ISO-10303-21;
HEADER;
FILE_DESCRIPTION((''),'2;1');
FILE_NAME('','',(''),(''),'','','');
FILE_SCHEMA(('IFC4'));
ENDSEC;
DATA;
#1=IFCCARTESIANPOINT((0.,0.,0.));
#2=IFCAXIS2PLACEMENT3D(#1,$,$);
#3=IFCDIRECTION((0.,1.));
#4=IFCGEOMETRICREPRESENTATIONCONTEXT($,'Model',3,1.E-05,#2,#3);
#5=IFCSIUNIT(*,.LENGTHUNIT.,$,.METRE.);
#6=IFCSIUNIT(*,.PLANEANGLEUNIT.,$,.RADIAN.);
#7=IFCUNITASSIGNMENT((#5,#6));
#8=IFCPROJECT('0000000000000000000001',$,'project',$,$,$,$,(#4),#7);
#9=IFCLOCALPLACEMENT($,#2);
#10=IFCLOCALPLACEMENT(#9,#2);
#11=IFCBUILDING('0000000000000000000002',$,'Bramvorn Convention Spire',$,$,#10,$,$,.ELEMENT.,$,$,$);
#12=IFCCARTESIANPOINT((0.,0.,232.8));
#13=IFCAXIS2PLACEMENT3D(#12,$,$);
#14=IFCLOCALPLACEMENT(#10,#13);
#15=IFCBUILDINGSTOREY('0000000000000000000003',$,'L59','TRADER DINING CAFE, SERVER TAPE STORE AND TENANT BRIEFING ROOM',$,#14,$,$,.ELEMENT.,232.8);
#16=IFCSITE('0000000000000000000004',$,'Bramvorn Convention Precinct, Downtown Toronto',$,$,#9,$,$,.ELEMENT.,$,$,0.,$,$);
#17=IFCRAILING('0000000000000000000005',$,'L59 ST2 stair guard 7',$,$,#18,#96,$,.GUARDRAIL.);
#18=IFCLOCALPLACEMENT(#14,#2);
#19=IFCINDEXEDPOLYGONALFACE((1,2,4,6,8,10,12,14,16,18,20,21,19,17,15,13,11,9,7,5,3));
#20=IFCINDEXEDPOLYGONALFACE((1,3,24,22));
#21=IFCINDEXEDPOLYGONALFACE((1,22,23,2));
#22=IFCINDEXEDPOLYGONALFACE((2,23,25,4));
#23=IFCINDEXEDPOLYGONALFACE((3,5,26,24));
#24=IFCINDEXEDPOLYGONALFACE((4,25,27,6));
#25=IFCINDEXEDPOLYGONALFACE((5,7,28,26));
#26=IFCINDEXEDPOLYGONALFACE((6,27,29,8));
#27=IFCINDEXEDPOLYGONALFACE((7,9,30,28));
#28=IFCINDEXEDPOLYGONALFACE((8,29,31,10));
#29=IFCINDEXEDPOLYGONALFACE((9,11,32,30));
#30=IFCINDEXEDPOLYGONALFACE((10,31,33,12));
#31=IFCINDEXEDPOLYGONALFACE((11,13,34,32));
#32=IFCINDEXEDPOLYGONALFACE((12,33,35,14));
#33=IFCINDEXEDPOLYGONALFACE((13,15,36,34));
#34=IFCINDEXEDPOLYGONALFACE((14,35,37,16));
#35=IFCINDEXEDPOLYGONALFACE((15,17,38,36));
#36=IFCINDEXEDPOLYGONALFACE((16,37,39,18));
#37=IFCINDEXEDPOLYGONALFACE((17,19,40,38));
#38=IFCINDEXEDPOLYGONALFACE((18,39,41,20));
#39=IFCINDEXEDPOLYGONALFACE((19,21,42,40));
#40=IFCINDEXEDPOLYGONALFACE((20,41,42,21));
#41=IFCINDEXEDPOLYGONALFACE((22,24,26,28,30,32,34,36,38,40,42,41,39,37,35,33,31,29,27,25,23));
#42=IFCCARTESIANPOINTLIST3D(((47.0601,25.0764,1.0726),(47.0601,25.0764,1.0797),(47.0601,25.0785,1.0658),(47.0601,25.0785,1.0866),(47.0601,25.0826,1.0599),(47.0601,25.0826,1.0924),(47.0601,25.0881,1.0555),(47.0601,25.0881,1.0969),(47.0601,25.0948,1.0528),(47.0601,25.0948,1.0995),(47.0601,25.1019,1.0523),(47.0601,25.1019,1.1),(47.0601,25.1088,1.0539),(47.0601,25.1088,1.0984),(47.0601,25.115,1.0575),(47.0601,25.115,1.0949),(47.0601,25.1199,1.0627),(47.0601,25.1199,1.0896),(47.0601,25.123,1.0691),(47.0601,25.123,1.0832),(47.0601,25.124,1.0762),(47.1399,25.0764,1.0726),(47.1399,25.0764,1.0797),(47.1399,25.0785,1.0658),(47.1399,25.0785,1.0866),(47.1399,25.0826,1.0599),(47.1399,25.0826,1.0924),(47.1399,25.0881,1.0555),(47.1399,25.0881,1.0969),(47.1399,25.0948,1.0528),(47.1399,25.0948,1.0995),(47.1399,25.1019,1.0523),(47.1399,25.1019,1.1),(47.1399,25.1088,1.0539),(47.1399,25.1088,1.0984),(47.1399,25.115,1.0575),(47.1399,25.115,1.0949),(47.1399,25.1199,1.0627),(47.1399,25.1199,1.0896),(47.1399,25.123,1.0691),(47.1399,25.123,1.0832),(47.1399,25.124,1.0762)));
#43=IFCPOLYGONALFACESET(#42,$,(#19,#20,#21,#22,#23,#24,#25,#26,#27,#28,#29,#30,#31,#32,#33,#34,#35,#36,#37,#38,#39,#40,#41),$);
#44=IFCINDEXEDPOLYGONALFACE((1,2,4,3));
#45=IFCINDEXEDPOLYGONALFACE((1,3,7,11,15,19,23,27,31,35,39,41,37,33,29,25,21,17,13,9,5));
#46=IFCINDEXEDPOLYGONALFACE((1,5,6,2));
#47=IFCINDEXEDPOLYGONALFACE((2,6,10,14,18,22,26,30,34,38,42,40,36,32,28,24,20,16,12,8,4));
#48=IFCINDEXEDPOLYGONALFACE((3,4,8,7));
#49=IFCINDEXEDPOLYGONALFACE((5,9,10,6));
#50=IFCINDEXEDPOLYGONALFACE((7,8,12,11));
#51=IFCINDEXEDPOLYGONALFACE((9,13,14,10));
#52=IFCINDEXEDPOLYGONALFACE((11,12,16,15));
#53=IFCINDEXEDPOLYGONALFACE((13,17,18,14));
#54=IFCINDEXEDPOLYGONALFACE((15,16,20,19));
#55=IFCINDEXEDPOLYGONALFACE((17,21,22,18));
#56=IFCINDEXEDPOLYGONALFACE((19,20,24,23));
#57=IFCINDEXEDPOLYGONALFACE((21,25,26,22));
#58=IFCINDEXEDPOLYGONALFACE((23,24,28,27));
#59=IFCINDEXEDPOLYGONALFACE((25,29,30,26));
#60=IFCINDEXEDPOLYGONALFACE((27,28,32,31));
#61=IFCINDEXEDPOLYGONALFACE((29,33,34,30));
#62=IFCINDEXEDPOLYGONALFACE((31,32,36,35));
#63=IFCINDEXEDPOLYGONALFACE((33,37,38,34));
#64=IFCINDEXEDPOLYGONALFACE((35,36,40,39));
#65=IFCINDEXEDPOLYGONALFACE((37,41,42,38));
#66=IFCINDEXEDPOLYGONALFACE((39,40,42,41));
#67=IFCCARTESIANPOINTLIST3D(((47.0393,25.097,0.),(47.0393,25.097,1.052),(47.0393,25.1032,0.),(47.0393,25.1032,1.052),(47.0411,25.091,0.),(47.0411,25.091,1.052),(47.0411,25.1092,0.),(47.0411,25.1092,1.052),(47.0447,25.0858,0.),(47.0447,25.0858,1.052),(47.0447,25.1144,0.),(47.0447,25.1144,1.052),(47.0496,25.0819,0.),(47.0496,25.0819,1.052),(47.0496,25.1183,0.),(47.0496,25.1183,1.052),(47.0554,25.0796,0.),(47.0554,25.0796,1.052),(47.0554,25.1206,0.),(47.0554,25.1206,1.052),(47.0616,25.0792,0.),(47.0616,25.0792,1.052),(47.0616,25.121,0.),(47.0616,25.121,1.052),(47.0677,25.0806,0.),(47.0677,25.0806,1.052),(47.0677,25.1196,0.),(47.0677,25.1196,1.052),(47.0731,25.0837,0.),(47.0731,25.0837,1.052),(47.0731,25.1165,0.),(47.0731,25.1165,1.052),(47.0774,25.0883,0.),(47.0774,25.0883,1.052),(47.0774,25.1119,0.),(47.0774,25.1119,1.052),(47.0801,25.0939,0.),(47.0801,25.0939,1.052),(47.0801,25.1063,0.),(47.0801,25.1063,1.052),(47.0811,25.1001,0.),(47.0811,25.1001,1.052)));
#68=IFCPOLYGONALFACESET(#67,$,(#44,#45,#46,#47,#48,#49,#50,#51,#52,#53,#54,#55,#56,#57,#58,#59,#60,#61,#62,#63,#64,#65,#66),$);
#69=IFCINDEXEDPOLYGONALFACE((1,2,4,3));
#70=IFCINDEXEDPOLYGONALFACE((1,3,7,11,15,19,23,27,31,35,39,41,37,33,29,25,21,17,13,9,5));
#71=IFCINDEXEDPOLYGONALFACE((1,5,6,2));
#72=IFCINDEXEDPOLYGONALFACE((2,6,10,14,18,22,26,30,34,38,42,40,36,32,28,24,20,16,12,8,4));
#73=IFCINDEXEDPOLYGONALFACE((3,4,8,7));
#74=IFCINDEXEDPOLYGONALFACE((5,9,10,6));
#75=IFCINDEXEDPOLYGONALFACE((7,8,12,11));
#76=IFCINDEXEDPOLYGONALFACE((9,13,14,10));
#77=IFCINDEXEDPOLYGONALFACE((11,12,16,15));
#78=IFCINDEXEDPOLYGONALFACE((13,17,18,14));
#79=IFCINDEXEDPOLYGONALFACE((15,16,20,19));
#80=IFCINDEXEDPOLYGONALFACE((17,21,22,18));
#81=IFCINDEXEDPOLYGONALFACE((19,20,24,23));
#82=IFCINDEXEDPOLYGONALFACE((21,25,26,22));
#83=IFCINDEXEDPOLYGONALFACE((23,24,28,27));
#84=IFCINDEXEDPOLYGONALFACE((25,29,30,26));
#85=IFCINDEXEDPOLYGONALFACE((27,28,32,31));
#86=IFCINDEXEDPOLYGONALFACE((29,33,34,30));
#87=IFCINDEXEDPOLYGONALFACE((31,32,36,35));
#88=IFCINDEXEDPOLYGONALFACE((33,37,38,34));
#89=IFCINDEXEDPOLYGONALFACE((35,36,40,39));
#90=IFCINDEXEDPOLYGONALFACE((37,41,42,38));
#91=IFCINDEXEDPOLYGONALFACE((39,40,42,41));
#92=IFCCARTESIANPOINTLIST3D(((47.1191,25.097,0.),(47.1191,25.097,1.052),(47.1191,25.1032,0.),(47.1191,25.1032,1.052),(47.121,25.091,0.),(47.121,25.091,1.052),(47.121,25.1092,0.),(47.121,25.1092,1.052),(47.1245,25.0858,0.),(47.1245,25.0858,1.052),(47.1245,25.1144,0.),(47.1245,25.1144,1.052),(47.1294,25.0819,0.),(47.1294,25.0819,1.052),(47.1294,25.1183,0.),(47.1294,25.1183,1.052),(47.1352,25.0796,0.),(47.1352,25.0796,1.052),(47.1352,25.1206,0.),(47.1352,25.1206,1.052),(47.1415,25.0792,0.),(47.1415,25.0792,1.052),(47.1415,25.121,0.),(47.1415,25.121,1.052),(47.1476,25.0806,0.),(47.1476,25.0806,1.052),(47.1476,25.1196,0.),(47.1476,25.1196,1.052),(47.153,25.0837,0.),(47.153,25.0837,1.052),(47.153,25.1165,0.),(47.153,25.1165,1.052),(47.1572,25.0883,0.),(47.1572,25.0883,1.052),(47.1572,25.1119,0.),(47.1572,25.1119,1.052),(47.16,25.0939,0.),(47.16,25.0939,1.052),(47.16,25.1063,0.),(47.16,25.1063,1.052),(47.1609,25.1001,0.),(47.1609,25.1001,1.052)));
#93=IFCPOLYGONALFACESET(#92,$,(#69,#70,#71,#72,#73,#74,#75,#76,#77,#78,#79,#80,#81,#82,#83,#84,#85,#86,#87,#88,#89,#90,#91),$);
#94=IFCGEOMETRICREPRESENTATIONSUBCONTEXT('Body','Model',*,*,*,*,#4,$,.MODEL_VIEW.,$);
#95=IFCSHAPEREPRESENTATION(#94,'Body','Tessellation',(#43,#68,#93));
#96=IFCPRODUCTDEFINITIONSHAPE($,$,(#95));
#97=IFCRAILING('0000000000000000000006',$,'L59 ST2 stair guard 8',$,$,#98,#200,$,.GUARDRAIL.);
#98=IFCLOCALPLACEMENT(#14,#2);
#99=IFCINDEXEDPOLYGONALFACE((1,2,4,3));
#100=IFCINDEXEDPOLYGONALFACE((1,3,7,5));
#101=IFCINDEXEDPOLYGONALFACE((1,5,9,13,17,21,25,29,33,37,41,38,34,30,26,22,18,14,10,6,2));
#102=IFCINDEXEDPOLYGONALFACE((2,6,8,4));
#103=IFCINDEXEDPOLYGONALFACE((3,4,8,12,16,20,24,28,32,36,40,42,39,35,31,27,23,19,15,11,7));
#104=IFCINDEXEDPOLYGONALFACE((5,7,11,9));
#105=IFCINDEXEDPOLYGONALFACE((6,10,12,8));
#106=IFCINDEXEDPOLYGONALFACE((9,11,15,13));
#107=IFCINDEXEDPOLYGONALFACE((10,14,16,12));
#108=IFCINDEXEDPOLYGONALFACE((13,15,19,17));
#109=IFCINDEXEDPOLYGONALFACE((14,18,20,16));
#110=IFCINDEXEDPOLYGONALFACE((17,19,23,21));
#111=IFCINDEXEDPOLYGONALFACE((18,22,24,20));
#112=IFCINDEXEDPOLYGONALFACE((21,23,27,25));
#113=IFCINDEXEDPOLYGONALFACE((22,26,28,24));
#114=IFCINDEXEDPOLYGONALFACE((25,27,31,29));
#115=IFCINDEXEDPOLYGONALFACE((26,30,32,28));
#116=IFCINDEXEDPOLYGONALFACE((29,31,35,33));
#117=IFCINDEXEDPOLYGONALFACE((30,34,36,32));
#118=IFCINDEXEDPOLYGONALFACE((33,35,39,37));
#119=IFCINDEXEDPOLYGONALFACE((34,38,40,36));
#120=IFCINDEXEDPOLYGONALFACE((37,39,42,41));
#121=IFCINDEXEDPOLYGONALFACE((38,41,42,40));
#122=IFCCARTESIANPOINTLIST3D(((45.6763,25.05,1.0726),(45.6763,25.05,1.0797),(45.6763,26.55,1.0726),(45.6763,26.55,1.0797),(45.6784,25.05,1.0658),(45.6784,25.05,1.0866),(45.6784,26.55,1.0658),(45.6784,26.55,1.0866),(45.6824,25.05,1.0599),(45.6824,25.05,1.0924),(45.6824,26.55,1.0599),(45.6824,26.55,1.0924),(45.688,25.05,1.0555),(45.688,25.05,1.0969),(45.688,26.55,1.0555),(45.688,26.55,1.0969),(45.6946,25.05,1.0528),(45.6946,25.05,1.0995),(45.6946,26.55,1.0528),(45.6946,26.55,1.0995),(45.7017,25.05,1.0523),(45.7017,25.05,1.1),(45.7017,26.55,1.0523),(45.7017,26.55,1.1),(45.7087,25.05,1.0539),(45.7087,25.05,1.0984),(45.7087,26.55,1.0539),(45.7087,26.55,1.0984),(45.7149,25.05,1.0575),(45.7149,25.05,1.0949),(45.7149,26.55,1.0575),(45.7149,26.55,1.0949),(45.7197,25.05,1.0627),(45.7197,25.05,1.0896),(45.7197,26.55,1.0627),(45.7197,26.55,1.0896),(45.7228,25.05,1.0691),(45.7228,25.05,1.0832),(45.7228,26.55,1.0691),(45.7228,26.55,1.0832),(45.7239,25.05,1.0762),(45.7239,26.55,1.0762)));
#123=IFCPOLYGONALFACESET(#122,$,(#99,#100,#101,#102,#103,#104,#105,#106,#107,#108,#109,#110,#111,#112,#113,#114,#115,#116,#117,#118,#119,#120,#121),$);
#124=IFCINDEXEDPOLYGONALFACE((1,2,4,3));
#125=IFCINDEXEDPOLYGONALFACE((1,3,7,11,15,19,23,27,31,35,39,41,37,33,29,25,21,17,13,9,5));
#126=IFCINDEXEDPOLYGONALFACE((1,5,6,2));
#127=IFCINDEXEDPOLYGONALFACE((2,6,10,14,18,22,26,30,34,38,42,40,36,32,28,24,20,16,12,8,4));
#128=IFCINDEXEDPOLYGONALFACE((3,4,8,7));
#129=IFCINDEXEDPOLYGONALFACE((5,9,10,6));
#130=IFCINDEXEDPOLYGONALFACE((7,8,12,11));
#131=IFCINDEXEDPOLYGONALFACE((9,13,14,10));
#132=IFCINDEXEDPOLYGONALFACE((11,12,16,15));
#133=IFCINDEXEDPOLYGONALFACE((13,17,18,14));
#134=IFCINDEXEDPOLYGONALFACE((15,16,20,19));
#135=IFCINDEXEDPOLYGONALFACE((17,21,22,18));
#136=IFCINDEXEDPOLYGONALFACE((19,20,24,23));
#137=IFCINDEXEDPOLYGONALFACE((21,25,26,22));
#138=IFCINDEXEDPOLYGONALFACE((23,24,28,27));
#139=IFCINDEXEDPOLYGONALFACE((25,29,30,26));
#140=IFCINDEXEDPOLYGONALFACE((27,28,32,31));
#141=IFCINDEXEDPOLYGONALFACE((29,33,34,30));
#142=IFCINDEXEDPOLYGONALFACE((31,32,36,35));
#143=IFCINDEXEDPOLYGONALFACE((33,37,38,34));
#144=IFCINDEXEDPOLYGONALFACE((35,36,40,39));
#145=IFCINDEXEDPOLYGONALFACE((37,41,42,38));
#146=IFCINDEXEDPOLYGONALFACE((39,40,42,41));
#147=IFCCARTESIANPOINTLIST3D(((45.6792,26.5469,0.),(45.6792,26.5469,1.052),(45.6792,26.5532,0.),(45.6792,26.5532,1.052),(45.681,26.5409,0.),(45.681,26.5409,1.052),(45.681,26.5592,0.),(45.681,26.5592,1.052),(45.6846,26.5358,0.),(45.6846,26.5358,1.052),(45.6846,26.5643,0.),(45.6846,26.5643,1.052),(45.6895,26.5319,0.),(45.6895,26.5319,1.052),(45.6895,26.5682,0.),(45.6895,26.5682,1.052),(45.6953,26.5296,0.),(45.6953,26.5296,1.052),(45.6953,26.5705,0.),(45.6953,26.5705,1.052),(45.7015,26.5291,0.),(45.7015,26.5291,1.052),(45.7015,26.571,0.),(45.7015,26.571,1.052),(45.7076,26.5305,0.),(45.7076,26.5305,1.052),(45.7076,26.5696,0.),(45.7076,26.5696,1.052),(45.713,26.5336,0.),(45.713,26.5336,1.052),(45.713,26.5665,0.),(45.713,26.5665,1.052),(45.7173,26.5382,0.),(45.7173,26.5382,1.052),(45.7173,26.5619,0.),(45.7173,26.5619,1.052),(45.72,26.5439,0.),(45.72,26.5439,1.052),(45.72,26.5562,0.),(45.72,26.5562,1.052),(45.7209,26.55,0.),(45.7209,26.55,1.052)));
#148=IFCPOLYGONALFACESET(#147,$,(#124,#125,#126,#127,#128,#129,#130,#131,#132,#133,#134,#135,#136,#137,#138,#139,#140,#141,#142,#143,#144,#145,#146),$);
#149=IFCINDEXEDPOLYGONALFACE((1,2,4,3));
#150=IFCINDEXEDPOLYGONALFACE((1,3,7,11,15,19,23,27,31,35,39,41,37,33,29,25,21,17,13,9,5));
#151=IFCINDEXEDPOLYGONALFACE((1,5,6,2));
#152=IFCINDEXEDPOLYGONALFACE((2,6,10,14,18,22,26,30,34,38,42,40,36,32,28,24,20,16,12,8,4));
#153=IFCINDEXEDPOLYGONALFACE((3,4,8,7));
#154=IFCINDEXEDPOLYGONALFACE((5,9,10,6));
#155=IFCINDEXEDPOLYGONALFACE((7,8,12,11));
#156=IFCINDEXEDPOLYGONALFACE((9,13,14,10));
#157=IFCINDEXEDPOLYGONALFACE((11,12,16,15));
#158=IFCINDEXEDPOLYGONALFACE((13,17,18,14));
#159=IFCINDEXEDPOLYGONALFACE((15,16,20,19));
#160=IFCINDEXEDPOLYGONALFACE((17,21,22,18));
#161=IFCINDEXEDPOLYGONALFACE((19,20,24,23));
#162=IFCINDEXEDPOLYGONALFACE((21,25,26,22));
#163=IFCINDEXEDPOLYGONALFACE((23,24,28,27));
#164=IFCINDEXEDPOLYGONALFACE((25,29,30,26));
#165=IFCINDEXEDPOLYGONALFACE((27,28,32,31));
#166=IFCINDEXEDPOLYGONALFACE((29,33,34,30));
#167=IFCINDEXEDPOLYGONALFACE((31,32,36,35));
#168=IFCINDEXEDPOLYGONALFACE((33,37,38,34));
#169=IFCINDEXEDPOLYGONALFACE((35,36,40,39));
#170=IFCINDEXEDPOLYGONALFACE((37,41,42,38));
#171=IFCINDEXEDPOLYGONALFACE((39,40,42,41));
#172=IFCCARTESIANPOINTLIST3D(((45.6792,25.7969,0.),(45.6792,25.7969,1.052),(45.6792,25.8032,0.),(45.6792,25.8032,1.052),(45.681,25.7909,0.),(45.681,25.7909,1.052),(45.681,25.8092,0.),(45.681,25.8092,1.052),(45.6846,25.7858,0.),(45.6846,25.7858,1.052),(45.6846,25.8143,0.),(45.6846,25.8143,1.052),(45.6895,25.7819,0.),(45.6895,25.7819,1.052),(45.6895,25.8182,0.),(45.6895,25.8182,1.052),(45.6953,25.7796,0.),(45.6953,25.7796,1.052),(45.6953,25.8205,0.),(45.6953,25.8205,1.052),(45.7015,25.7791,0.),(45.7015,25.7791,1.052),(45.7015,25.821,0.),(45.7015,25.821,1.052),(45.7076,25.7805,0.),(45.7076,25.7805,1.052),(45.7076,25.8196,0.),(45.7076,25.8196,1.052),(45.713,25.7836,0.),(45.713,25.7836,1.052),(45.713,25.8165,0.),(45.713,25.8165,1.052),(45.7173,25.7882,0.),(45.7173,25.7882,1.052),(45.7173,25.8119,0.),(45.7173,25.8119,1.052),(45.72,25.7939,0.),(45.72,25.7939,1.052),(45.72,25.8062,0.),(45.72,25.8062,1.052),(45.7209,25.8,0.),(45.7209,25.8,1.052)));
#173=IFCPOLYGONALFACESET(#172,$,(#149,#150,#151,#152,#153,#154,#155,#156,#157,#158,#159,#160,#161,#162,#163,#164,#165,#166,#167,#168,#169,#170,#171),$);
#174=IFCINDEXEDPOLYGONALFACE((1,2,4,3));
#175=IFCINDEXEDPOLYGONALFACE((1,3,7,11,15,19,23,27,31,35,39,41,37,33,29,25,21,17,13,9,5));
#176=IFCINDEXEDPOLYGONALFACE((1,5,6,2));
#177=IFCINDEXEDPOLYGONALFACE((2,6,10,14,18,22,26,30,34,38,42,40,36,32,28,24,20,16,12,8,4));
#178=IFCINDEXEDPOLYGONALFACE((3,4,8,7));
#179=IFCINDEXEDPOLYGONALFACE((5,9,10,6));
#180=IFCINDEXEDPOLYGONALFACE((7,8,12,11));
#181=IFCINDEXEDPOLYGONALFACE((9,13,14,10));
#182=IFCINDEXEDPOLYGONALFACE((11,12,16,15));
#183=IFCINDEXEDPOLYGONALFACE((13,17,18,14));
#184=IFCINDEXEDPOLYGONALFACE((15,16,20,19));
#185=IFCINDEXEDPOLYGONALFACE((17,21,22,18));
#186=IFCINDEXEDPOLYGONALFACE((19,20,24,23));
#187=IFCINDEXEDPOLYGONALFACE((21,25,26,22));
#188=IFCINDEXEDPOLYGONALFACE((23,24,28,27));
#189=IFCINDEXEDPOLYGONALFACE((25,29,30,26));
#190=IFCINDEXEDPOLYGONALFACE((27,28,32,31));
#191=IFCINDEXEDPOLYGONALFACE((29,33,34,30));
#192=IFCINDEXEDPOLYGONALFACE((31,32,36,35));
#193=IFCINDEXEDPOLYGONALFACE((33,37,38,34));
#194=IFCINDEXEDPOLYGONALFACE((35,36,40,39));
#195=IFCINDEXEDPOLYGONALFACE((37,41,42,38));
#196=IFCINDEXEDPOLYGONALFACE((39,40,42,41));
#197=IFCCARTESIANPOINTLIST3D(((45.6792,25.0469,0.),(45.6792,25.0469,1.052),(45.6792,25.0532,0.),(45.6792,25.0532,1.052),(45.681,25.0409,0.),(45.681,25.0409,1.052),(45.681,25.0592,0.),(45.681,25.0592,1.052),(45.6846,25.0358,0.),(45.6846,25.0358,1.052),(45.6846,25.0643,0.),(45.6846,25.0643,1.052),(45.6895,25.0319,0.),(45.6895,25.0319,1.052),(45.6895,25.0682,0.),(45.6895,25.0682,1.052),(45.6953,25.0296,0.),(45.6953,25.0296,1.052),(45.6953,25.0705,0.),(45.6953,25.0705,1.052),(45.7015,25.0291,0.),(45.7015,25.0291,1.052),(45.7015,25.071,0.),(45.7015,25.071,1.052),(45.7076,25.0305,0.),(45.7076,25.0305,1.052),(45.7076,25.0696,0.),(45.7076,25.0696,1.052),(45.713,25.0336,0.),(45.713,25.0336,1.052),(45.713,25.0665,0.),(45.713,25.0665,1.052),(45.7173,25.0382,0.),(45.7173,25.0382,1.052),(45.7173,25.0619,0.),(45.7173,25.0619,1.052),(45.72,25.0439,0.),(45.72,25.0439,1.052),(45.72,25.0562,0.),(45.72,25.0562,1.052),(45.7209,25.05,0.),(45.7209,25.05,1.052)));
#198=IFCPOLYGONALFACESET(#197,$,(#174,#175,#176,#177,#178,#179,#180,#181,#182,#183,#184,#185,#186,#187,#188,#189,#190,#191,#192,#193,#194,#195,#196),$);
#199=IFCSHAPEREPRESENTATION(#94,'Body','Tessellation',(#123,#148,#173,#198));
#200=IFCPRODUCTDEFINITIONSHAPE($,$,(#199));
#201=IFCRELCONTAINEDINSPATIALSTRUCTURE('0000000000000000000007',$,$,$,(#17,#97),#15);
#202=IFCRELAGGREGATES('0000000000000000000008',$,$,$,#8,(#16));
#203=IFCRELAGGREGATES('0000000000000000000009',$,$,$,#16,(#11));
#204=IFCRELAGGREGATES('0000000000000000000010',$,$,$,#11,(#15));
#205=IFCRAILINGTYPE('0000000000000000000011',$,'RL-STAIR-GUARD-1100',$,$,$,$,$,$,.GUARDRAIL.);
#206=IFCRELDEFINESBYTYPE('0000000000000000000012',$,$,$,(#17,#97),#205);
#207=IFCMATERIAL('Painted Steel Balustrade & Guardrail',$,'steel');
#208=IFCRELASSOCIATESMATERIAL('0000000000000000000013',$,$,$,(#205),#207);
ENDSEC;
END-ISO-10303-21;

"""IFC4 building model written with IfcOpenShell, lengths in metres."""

from ifc_helpers import new_model, si_unit, direction, frame, origin, origin_2d, place, context, subcontext, project, spatial, circle, extrude, material, type_object, element, save


model = new_model("IFC4")

# Units and contexts
model_context = context("Model", 3, precision=1e-05, world=origin(), true_north=direction((0.0, 1.0)))
body_context = subcontext(model_context, "Body", "Model", "MODEL_VIEW")
ifc_project = project(units=[si_unit("LENGTHUNIT", "METRE"), si_unit("PLANEANGLEUNIT", "RADIAN")], contexts=[model_context])

# Site, building, storey
site_placement = place(None, origin())
site = spatial("IfcSite", under=ifc_project, at=site_placement, Name="Bramvorn Convention Precinct, Downtown Toronto", CompositionType="ELEMENT", RefElevation=0.0)
building_placement = place(site_placement, origin())
building = spatial("IfcBuilding", under=site, at=building_placement, Name="Bramvorn Convention Spire", CompositionType="ELEMENT")
storey_placement = place(building_placement, frame((0.0, 0.0, 232.8)))
storey = spatial("IfcBuildingStorey", under=building, at=storey_placement, Name="L59", Description="TRADER DINING CAFE, SERVER TAPE STORE AND TENANT BRIEFING ROOM", CompositionType="ELEMENT", Elevation=232.8)

# Railings
ifc_material_1 = material(Name="Painted Steel Balustrade & Guardrail", Category="steel")
railing_type_1 = type_object("IfcRailingType", Name="RL-STAIR-GUARD-1100", PredefinedType="GUARDRAIL", material=ifc_material_1)
railing_1_placement = place(storey_placement, frame((47.0601, 25.1001, 0.0)))
element("IfcRailing", 1, at=railing_1_placement, inside=storey, type_object=railing_type_1, Name="L59 ST2 stair guard 7", PredefinedType="GUARDRAIL", context=body_context, shape_type="SweptSolid", body=[
    extrude(circle(Radius=0.0239, at=origin_2d()), frame((0.0, 0.0, 1.0762), z_axis=(1.0, 0.0, 0.0), x_axis=(0.0, 1.0, 0.0)), (0.0, 0.0, 1.0), 0.0798),
    extrude(circle(Radius=0.021, at=origin_2d()), origin(), (0.0, 0.0, 1.0), 1.052),
    extrude(circle(Radius=0.021, at=origin_2d()), frame((0.0798, 0.0, 0.0)), (0.0, 0.0, 1.0), 1.052),
])
railing_2_placement = place(storey_placement, frame((45.7, 26.55, 0.0)))
element("IfcRailing", 2, at=railing_2_placement, inside=storey, type_object=railing_type_1, Name="L59 ST2 stair guard 8", PredefinedType="GUARDRAIL", context=body_context, shape_type="SweptSolid", body=[
    extrude(circle(Radius=0.0239, at=origin_2d()), frame((0.0, 0.0, 1.0762), z_axis=(0.0, -1.0, 0.0), x_axis=(1.0, 0.0, 0.0)), (0.0, 0.0, 1.0), 1.5),
    extrude(circle(Radius=0.021, at=origin_2d()), origin(), (0.0, 0.0, 1.0), 1.052),
    extrude(circle(Radius=0.021, at=origin_2d()), frame((0.0, -0.75, 0.0)), (0.0, 0.0, 1.0), 1.052),
    extrude(circle(Radius=0.021, at=origin_2d()), frame((0.0, -1.5, 0.0)), (0.0, 0.0, 1.0), 1.052),
])

save(model, "model.ifc")
